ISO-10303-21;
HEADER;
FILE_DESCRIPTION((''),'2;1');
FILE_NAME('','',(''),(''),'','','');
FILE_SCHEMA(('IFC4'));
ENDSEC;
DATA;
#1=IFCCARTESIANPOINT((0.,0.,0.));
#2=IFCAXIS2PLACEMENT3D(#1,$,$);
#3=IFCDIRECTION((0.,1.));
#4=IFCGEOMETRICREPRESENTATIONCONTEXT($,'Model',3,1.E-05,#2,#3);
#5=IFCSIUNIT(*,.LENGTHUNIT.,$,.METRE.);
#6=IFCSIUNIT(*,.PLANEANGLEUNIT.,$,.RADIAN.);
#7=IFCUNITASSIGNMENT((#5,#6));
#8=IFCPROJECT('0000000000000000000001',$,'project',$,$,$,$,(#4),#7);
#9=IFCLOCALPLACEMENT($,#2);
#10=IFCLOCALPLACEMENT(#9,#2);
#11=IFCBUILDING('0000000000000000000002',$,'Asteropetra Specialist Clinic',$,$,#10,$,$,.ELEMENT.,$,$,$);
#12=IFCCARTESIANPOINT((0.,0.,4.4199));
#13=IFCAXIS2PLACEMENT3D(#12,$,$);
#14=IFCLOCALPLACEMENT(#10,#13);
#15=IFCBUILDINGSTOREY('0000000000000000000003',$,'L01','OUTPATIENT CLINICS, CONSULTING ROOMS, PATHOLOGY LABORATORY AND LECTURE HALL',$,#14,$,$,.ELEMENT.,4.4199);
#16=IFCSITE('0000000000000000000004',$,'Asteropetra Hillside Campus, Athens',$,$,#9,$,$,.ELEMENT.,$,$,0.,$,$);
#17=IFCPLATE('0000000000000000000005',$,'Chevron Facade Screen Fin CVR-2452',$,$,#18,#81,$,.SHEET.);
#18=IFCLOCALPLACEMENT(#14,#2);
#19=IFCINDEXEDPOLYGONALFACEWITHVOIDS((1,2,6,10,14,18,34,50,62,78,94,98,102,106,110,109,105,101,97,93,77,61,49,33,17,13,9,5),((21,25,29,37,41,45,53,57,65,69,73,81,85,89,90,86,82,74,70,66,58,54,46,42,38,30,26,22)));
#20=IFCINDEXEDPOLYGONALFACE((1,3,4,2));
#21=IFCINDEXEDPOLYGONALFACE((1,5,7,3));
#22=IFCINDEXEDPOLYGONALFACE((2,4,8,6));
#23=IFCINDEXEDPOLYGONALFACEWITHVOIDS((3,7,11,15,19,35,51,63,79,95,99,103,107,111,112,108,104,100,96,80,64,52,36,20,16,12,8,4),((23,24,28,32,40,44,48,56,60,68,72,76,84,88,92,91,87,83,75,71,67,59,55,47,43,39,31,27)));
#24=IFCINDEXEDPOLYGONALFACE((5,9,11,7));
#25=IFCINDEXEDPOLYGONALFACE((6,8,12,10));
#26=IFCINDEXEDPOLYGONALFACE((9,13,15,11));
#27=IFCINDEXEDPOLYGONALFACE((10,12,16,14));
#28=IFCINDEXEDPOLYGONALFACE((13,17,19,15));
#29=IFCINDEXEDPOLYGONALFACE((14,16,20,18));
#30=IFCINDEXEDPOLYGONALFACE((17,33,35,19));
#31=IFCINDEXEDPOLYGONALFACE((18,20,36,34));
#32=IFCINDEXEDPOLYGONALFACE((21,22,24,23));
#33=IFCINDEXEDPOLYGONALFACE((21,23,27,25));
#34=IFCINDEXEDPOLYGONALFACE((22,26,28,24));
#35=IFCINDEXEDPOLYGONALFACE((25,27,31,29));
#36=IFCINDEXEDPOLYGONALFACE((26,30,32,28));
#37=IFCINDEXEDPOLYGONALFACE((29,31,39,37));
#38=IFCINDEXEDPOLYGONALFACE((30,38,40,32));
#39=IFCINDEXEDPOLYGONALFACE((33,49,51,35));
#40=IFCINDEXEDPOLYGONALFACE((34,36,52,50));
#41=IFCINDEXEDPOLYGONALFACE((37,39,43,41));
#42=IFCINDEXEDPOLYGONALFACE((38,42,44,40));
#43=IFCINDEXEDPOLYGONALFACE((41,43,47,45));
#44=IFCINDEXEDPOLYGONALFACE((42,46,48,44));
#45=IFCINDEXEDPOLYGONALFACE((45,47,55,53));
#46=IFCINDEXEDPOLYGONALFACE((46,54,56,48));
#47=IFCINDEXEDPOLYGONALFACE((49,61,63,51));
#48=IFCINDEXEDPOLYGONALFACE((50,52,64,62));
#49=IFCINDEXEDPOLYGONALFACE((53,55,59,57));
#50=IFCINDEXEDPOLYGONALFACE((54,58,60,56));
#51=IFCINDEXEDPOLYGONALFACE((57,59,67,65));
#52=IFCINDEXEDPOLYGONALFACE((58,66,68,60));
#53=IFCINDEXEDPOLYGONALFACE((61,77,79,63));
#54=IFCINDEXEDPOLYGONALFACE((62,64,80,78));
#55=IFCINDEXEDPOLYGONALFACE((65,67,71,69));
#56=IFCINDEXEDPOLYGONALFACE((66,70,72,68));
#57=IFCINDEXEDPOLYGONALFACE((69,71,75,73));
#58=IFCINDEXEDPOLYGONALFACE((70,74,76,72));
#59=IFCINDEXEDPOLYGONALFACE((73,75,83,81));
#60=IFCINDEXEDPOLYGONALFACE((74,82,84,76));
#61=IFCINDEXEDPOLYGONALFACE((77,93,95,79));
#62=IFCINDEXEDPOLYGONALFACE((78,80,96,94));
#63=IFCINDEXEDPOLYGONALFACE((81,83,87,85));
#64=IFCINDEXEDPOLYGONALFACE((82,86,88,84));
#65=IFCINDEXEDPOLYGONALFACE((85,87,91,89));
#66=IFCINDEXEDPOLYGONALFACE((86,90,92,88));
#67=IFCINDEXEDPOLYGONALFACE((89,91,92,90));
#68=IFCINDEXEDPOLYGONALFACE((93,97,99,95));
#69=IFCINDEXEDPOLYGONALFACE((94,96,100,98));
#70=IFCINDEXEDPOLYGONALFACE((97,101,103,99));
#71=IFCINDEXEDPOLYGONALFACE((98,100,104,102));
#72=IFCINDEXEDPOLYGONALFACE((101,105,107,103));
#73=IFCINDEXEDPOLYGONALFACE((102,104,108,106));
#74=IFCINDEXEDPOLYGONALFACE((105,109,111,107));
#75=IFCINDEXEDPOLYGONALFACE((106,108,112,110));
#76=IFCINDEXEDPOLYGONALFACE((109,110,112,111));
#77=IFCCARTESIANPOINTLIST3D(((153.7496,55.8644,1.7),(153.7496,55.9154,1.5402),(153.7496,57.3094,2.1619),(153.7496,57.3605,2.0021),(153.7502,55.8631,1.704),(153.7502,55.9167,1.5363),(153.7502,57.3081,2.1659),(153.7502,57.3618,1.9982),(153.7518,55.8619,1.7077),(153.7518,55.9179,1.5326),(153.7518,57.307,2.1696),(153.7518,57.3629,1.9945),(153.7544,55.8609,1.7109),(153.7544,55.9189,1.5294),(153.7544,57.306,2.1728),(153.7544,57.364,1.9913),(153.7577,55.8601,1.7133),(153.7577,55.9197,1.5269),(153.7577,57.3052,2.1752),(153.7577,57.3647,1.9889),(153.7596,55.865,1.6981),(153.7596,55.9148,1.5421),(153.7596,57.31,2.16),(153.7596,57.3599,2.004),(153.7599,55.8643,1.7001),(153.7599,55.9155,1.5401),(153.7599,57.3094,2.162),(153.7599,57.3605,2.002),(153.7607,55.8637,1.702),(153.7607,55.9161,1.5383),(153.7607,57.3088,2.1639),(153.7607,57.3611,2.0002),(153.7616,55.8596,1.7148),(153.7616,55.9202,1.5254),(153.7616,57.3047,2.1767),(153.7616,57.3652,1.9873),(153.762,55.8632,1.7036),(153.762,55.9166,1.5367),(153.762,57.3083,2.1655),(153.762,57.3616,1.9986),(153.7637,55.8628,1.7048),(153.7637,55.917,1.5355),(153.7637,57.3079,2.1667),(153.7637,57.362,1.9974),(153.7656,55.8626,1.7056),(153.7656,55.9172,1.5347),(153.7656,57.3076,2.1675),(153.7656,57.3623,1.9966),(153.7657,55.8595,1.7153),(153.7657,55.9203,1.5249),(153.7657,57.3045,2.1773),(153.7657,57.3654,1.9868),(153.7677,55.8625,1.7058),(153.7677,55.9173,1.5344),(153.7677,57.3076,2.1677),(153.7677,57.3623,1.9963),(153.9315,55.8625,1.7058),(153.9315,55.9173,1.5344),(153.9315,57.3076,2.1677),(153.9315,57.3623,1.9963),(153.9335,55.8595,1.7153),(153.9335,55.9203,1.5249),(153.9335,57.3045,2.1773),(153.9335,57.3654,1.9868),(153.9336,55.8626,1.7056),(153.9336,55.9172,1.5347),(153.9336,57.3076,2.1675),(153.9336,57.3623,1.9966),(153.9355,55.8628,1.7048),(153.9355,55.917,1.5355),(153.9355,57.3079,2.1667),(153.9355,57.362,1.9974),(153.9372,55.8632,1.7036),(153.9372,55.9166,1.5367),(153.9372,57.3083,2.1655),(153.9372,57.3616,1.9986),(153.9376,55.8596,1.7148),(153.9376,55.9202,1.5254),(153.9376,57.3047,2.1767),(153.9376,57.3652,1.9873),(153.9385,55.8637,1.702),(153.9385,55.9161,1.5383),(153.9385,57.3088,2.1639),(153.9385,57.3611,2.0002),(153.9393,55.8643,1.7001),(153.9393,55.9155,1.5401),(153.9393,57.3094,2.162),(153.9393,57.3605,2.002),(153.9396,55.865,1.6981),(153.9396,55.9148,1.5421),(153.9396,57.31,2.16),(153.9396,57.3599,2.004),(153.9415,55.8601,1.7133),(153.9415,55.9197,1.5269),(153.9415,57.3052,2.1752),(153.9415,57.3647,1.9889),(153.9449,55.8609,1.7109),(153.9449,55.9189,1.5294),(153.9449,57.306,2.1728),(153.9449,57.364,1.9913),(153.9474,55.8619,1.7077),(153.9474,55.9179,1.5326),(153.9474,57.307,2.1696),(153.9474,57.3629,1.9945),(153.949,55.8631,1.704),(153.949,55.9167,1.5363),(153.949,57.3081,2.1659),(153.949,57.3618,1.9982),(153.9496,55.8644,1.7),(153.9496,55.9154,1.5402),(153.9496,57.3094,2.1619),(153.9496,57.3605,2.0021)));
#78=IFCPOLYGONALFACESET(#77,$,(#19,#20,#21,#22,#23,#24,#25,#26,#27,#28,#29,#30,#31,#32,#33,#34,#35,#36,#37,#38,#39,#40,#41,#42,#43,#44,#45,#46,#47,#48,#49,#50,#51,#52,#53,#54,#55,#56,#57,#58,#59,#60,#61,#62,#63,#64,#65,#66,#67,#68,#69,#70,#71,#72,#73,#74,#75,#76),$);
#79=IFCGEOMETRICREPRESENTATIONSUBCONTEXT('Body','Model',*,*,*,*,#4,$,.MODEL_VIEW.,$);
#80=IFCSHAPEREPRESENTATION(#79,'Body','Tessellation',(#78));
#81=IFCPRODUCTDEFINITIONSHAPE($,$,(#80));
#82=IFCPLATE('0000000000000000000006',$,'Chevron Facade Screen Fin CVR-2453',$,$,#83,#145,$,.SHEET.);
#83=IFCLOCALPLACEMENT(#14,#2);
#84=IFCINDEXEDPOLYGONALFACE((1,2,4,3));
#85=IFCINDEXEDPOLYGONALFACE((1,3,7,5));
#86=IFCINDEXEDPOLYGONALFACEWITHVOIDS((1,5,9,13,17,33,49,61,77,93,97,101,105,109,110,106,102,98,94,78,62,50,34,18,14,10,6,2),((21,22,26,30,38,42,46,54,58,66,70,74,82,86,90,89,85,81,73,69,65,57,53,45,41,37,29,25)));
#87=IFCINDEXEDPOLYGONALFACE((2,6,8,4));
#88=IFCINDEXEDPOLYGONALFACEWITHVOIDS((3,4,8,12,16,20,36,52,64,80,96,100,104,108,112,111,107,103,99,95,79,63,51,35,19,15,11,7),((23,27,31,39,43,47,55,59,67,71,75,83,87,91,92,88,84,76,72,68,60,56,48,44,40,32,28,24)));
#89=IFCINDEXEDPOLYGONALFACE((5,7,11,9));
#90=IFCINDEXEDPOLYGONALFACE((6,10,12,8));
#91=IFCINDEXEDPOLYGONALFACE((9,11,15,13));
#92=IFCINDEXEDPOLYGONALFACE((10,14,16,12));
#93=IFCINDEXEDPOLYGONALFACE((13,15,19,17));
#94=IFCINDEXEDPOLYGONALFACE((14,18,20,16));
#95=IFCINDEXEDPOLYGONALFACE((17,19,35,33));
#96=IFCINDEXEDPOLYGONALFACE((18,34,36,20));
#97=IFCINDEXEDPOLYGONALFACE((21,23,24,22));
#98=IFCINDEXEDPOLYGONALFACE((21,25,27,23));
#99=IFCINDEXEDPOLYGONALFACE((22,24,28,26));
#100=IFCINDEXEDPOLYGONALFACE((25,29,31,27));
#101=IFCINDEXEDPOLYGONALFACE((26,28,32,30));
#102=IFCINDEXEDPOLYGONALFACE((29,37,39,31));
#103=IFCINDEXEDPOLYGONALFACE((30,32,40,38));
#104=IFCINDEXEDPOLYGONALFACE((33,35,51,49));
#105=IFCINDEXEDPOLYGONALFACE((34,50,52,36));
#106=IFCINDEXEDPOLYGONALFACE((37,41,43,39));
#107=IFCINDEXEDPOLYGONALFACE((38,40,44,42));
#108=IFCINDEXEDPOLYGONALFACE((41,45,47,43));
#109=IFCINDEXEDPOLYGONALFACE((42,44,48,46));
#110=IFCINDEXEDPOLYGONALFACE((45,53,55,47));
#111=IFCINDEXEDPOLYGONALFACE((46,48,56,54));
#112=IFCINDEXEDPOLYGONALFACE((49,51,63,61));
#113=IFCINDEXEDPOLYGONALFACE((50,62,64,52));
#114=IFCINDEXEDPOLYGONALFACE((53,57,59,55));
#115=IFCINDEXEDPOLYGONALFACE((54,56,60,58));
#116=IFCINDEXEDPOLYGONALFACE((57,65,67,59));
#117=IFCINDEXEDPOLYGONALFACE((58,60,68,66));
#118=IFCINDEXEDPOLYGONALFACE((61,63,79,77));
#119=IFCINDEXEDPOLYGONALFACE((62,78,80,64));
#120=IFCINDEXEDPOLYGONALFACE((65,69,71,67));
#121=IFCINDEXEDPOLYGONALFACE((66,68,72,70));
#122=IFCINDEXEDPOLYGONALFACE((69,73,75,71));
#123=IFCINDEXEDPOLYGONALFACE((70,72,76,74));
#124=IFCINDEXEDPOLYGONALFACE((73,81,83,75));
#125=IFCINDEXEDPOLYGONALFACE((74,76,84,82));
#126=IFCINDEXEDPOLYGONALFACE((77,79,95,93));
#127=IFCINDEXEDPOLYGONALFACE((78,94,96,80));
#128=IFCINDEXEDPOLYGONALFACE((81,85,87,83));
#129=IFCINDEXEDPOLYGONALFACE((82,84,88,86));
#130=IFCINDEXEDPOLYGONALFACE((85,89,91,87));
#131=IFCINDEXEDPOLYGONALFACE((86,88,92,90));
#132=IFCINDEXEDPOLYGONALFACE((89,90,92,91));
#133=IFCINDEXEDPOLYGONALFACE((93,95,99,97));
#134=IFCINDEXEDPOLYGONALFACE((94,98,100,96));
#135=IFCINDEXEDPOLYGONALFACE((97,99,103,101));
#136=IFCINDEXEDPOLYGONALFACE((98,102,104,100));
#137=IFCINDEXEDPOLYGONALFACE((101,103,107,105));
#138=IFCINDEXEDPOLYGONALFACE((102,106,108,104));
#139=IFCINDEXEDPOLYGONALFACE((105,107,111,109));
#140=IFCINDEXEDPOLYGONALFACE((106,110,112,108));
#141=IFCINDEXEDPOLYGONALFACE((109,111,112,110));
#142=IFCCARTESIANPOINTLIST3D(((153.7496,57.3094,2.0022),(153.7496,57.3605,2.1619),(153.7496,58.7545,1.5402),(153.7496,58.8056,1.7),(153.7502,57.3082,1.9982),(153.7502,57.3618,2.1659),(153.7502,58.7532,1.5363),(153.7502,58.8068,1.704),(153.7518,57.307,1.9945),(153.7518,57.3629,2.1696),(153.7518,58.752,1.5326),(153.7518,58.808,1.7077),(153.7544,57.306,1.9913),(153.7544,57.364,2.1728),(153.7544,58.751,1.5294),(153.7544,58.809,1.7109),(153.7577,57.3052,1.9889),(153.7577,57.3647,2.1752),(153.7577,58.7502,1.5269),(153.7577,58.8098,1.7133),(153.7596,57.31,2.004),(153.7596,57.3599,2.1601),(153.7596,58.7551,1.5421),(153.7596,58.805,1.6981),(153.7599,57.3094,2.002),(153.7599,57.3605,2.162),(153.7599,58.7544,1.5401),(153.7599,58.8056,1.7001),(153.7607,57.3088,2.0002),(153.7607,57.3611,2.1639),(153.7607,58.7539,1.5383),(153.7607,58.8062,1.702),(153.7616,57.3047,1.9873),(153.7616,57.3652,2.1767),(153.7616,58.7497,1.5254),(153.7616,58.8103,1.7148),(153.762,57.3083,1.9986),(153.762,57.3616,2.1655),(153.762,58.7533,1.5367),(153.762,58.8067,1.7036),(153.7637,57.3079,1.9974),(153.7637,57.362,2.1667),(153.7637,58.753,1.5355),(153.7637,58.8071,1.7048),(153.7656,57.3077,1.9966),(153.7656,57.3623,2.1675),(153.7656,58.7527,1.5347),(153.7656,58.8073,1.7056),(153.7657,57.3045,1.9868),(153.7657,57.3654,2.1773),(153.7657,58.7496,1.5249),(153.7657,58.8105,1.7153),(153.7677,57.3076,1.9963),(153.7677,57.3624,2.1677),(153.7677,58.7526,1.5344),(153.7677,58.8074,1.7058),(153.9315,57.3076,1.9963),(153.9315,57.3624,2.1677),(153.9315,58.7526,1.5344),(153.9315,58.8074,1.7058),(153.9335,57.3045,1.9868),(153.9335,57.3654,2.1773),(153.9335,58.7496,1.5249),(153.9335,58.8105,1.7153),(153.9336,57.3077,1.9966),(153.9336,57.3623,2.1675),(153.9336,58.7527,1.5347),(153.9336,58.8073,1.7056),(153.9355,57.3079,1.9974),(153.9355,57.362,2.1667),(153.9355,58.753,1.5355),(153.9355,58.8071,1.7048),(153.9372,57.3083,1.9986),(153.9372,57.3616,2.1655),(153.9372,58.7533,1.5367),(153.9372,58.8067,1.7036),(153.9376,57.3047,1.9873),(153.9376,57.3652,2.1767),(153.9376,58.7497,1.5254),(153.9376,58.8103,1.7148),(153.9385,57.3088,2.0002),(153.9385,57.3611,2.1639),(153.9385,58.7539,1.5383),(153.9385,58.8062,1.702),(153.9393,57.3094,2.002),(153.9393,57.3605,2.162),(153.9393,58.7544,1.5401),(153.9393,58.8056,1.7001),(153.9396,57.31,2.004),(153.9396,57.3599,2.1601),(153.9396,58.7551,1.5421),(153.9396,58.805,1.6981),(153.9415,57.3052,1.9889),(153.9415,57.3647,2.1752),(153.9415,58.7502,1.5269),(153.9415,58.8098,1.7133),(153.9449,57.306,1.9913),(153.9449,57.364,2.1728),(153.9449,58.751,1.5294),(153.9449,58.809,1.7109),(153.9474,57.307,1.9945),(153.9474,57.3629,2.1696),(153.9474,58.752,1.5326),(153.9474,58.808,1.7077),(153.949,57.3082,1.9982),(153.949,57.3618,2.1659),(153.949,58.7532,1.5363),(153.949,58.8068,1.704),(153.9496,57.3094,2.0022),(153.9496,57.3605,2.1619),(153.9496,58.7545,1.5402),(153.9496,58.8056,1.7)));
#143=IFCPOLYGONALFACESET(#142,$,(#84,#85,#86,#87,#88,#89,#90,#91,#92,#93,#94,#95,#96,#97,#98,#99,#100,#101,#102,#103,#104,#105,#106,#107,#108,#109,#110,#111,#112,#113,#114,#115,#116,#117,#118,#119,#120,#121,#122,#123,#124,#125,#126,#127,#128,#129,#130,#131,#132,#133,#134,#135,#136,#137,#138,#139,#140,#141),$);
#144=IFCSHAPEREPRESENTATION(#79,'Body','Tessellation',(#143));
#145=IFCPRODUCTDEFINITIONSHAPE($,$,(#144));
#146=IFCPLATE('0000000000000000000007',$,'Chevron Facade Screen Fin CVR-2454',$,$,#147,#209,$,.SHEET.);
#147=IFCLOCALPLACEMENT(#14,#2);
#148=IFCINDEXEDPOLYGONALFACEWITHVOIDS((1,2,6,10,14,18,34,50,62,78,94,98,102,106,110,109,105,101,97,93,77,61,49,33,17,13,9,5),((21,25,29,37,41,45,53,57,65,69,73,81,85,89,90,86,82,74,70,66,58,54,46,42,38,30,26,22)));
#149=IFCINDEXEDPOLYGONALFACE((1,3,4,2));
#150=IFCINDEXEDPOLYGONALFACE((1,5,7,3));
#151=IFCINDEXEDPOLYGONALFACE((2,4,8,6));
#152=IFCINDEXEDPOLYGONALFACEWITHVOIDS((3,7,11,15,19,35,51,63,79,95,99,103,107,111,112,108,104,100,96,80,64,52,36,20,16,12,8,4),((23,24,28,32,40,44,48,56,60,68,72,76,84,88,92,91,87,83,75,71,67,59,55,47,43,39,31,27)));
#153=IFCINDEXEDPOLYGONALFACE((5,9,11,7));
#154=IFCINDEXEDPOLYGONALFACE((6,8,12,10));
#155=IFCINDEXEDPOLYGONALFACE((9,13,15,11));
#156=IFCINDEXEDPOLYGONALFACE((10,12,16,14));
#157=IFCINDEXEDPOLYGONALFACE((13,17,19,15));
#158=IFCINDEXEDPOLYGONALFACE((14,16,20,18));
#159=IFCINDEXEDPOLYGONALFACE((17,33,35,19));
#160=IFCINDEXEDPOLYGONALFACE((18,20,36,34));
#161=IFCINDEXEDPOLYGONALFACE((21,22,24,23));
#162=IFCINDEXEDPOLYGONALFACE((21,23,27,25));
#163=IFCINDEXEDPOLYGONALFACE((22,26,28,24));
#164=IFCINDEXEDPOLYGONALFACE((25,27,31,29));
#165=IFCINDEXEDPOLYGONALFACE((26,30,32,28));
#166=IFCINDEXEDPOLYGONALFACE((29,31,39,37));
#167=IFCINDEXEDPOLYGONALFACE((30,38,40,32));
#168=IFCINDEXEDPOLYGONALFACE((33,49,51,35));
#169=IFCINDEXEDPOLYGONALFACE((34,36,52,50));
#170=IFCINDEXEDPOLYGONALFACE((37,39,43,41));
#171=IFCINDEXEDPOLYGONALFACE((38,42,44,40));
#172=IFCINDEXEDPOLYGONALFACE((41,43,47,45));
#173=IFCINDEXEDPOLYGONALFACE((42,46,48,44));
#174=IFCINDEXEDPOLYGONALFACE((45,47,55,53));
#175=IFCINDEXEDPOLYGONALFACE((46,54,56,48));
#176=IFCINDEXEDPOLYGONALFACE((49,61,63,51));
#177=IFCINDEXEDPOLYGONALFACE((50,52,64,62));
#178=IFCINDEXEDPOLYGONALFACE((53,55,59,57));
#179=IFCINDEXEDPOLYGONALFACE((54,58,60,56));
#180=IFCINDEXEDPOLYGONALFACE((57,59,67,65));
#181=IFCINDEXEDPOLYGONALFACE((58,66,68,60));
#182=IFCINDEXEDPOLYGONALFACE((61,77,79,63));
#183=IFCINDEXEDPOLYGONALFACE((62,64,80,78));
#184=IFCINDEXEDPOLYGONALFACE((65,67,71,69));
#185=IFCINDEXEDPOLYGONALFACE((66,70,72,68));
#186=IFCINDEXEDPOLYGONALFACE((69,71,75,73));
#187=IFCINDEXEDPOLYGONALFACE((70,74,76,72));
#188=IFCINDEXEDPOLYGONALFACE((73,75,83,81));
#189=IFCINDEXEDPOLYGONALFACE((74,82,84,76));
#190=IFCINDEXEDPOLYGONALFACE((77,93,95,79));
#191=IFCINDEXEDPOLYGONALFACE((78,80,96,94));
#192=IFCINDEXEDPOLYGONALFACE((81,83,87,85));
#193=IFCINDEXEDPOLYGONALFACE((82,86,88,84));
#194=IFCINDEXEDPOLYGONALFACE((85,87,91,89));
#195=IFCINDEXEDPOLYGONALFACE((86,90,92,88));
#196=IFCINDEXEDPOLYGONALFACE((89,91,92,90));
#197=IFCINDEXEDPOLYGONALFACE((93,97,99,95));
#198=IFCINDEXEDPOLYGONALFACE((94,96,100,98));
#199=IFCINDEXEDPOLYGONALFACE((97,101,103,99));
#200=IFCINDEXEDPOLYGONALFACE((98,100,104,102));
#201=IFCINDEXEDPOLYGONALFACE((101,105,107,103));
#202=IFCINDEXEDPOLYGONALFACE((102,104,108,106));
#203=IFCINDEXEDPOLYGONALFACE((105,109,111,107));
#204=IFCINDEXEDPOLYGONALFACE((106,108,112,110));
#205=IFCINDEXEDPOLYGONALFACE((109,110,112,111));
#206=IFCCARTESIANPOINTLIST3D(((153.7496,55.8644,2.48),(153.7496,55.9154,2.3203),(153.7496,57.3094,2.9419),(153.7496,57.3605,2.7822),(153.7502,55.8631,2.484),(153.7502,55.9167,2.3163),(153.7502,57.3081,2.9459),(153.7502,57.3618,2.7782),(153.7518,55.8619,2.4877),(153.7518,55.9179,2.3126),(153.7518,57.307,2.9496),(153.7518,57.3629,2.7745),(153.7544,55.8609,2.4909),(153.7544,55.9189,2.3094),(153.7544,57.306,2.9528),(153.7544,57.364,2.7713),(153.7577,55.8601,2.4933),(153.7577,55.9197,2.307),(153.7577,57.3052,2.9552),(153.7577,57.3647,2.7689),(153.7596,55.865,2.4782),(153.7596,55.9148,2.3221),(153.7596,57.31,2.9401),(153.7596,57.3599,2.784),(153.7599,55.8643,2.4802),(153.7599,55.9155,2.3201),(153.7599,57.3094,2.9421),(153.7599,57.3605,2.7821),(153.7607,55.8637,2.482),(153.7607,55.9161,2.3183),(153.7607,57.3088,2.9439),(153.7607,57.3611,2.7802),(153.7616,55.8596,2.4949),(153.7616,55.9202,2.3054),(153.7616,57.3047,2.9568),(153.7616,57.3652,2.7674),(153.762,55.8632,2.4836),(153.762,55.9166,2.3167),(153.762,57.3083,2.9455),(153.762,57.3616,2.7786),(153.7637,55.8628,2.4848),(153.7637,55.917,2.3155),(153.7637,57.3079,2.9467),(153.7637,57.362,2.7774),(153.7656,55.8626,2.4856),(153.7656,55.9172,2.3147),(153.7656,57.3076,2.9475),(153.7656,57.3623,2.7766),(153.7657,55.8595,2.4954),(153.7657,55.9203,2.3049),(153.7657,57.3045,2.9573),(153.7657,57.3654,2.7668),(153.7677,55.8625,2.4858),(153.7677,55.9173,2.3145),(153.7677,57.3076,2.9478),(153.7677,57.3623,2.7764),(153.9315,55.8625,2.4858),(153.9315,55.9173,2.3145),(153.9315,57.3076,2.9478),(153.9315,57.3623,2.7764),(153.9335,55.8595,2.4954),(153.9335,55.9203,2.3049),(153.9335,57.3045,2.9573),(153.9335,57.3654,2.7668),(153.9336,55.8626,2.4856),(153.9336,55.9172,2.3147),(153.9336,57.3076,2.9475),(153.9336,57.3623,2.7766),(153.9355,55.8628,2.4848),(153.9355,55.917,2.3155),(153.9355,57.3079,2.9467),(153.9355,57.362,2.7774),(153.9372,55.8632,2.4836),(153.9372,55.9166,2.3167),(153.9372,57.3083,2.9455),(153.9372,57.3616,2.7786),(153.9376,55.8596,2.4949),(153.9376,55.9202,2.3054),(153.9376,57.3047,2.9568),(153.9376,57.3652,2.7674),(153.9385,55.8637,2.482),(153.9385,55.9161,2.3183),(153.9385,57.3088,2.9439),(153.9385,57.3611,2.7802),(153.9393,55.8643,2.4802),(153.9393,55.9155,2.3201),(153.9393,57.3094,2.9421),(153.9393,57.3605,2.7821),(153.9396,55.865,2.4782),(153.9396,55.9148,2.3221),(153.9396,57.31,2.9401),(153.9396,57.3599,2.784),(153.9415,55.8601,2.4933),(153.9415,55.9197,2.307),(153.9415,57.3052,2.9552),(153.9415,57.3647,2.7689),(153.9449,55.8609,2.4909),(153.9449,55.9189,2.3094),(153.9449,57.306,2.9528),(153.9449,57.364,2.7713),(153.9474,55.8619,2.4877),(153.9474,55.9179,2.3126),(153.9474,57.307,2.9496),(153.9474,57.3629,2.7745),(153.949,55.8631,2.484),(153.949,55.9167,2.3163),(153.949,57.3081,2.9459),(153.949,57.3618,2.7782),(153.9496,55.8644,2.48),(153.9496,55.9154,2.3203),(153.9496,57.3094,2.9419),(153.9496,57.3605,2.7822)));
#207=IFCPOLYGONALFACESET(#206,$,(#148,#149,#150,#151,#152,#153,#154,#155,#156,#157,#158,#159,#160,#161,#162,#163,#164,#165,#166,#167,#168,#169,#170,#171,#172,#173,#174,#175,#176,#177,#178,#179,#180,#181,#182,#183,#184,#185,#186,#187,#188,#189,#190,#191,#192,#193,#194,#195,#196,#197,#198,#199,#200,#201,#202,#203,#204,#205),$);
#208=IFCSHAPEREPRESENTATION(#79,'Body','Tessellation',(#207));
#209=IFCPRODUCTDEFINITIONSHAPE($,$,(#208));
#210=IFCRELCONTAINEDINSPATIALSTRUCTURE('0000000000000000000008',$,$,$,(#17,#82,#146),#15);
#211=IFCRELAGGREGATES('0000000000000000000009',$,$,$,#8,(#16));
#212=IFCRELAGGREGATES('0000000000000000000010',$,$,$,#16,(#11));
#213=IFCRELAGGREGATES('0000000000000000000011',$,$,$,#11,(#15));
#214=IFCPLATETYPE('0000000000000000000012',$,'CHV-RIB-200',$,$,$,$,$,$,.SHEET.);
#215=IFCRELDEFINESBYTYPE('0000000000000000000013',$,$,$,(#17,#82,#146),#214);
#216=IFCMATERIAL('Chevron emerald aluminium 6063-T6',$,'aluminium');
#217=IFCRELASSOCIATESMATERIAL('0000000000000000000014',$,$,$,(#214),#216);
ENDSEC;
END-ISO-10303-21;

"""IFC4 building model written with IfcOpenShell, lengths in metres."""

from ifc_helpers import new_model, si_unit, direction, frame, origin, origin_2d, place, context, subcontext, project, spatial, hollow_rectangle, extrude, material, material_profile, profile_set, type_object, element, save


model = new_model("IFC4")

# Units and contexts
model_context = context("Model", 3, precision=1e-05, world=origin(), true_north=direction((0.0, 1.0)))
body_context = subcontext(model_context, "Body", "Model", "MODEL_VIEW")
ifc_project = project(units=[si_unit("LENGTHUNIT", "METRE"), si_unit("PLANEANGLEUNIT", "RADIAN")], contexts=[model_context])

# Site, building, storey
site_placement = place(None, origin())
site = spatial("IfcSite", under=ifc_project, at=site_placement, Name="Asteropetra Hillside Campus, Athens", CompositionType="ELEMENT", RefElevation=0.0)
building_placement = place(site_placement, origin())
building = spatial("IfcBuilding", under=site, at=building_placement, Name="Asteropetra Specialist Clinic", CompositionType="ELEMENT")
storey_placement = place(building_placement, frame((0.0, 0.0, 4.4199)))
storey = spatial("IfcBuildingStorey", under=building, at=storey_placement, Name="L01", Description="OUTPATIENT CLINICS, CONSULTING ROOMS, PATHOLOGY LABORATORY AND LECTURE HALL", CompositionType="ELEMENT", Elevation=4.4199)

# Plates
ifc_material_1 = material(Name="Chevron emerald aluminium 6063-T6", Category="aluminium")
ifc_material_profile = material_profile(ifc_material_1, hollow_rectangle(XDim=0.2, YDim=0.2, WallThickness=0.01, InnerFilletRadius=0.0081, OuterFilletRadius=0.0161, at=origin_2d()), Name="SHS 200x200x10.0")
ifc_profile_set = profile_set([ifc_material_profile], Name="Chevron emerald aluminium 6063-T6")
plate_type = type_object("IfcPlateType", Name="CHV-RIB-200", PredefinedType="SHEET", material=ifc_profile_set)
for number, where, z_axis, x_axis, name in (
    (1, (153.8496, 55.8899, 1.6201), (0.0, 0.952521, 0.304472), (-1.0, 0.0, 0.0), "Chevron Facade Screen Fin CVR-2452"),
    (2, (153.8496, 57.335, 2.082), (0.0, 0.952521, -0.304472), (-1.0, 0.0, 0.0), "Chevron Facade Screen Fin CVR-2453"),
    (3, (153.8496, 55.8899, 2.4001), (0.0, 0.952521, 0.304472), (-1.0, 0.0, 0.0), "Chevron Facade Screen Fin CVR-2454"),
):
    element("IfcPlate", number, at=place(storey_placement, frame(where, z_axis=z_axis, x_axis=x_axis)), inside=storey, type_object=plate_type, Name=name, PredefinedType="SHEET", context=body_context, shape_type="SweptSolid", body=[
        extrude(hollow_rectangle(XDim=0.2, YDim=0.2, WallThickness=0.01, InnerFilletRadius=0.0081, OuterFilletRadius=0.0161, at=origin_2d()), origin(), (0.0, 0.0, 1.0), 1.5171),
    ])

save(model, "model.ifc")
